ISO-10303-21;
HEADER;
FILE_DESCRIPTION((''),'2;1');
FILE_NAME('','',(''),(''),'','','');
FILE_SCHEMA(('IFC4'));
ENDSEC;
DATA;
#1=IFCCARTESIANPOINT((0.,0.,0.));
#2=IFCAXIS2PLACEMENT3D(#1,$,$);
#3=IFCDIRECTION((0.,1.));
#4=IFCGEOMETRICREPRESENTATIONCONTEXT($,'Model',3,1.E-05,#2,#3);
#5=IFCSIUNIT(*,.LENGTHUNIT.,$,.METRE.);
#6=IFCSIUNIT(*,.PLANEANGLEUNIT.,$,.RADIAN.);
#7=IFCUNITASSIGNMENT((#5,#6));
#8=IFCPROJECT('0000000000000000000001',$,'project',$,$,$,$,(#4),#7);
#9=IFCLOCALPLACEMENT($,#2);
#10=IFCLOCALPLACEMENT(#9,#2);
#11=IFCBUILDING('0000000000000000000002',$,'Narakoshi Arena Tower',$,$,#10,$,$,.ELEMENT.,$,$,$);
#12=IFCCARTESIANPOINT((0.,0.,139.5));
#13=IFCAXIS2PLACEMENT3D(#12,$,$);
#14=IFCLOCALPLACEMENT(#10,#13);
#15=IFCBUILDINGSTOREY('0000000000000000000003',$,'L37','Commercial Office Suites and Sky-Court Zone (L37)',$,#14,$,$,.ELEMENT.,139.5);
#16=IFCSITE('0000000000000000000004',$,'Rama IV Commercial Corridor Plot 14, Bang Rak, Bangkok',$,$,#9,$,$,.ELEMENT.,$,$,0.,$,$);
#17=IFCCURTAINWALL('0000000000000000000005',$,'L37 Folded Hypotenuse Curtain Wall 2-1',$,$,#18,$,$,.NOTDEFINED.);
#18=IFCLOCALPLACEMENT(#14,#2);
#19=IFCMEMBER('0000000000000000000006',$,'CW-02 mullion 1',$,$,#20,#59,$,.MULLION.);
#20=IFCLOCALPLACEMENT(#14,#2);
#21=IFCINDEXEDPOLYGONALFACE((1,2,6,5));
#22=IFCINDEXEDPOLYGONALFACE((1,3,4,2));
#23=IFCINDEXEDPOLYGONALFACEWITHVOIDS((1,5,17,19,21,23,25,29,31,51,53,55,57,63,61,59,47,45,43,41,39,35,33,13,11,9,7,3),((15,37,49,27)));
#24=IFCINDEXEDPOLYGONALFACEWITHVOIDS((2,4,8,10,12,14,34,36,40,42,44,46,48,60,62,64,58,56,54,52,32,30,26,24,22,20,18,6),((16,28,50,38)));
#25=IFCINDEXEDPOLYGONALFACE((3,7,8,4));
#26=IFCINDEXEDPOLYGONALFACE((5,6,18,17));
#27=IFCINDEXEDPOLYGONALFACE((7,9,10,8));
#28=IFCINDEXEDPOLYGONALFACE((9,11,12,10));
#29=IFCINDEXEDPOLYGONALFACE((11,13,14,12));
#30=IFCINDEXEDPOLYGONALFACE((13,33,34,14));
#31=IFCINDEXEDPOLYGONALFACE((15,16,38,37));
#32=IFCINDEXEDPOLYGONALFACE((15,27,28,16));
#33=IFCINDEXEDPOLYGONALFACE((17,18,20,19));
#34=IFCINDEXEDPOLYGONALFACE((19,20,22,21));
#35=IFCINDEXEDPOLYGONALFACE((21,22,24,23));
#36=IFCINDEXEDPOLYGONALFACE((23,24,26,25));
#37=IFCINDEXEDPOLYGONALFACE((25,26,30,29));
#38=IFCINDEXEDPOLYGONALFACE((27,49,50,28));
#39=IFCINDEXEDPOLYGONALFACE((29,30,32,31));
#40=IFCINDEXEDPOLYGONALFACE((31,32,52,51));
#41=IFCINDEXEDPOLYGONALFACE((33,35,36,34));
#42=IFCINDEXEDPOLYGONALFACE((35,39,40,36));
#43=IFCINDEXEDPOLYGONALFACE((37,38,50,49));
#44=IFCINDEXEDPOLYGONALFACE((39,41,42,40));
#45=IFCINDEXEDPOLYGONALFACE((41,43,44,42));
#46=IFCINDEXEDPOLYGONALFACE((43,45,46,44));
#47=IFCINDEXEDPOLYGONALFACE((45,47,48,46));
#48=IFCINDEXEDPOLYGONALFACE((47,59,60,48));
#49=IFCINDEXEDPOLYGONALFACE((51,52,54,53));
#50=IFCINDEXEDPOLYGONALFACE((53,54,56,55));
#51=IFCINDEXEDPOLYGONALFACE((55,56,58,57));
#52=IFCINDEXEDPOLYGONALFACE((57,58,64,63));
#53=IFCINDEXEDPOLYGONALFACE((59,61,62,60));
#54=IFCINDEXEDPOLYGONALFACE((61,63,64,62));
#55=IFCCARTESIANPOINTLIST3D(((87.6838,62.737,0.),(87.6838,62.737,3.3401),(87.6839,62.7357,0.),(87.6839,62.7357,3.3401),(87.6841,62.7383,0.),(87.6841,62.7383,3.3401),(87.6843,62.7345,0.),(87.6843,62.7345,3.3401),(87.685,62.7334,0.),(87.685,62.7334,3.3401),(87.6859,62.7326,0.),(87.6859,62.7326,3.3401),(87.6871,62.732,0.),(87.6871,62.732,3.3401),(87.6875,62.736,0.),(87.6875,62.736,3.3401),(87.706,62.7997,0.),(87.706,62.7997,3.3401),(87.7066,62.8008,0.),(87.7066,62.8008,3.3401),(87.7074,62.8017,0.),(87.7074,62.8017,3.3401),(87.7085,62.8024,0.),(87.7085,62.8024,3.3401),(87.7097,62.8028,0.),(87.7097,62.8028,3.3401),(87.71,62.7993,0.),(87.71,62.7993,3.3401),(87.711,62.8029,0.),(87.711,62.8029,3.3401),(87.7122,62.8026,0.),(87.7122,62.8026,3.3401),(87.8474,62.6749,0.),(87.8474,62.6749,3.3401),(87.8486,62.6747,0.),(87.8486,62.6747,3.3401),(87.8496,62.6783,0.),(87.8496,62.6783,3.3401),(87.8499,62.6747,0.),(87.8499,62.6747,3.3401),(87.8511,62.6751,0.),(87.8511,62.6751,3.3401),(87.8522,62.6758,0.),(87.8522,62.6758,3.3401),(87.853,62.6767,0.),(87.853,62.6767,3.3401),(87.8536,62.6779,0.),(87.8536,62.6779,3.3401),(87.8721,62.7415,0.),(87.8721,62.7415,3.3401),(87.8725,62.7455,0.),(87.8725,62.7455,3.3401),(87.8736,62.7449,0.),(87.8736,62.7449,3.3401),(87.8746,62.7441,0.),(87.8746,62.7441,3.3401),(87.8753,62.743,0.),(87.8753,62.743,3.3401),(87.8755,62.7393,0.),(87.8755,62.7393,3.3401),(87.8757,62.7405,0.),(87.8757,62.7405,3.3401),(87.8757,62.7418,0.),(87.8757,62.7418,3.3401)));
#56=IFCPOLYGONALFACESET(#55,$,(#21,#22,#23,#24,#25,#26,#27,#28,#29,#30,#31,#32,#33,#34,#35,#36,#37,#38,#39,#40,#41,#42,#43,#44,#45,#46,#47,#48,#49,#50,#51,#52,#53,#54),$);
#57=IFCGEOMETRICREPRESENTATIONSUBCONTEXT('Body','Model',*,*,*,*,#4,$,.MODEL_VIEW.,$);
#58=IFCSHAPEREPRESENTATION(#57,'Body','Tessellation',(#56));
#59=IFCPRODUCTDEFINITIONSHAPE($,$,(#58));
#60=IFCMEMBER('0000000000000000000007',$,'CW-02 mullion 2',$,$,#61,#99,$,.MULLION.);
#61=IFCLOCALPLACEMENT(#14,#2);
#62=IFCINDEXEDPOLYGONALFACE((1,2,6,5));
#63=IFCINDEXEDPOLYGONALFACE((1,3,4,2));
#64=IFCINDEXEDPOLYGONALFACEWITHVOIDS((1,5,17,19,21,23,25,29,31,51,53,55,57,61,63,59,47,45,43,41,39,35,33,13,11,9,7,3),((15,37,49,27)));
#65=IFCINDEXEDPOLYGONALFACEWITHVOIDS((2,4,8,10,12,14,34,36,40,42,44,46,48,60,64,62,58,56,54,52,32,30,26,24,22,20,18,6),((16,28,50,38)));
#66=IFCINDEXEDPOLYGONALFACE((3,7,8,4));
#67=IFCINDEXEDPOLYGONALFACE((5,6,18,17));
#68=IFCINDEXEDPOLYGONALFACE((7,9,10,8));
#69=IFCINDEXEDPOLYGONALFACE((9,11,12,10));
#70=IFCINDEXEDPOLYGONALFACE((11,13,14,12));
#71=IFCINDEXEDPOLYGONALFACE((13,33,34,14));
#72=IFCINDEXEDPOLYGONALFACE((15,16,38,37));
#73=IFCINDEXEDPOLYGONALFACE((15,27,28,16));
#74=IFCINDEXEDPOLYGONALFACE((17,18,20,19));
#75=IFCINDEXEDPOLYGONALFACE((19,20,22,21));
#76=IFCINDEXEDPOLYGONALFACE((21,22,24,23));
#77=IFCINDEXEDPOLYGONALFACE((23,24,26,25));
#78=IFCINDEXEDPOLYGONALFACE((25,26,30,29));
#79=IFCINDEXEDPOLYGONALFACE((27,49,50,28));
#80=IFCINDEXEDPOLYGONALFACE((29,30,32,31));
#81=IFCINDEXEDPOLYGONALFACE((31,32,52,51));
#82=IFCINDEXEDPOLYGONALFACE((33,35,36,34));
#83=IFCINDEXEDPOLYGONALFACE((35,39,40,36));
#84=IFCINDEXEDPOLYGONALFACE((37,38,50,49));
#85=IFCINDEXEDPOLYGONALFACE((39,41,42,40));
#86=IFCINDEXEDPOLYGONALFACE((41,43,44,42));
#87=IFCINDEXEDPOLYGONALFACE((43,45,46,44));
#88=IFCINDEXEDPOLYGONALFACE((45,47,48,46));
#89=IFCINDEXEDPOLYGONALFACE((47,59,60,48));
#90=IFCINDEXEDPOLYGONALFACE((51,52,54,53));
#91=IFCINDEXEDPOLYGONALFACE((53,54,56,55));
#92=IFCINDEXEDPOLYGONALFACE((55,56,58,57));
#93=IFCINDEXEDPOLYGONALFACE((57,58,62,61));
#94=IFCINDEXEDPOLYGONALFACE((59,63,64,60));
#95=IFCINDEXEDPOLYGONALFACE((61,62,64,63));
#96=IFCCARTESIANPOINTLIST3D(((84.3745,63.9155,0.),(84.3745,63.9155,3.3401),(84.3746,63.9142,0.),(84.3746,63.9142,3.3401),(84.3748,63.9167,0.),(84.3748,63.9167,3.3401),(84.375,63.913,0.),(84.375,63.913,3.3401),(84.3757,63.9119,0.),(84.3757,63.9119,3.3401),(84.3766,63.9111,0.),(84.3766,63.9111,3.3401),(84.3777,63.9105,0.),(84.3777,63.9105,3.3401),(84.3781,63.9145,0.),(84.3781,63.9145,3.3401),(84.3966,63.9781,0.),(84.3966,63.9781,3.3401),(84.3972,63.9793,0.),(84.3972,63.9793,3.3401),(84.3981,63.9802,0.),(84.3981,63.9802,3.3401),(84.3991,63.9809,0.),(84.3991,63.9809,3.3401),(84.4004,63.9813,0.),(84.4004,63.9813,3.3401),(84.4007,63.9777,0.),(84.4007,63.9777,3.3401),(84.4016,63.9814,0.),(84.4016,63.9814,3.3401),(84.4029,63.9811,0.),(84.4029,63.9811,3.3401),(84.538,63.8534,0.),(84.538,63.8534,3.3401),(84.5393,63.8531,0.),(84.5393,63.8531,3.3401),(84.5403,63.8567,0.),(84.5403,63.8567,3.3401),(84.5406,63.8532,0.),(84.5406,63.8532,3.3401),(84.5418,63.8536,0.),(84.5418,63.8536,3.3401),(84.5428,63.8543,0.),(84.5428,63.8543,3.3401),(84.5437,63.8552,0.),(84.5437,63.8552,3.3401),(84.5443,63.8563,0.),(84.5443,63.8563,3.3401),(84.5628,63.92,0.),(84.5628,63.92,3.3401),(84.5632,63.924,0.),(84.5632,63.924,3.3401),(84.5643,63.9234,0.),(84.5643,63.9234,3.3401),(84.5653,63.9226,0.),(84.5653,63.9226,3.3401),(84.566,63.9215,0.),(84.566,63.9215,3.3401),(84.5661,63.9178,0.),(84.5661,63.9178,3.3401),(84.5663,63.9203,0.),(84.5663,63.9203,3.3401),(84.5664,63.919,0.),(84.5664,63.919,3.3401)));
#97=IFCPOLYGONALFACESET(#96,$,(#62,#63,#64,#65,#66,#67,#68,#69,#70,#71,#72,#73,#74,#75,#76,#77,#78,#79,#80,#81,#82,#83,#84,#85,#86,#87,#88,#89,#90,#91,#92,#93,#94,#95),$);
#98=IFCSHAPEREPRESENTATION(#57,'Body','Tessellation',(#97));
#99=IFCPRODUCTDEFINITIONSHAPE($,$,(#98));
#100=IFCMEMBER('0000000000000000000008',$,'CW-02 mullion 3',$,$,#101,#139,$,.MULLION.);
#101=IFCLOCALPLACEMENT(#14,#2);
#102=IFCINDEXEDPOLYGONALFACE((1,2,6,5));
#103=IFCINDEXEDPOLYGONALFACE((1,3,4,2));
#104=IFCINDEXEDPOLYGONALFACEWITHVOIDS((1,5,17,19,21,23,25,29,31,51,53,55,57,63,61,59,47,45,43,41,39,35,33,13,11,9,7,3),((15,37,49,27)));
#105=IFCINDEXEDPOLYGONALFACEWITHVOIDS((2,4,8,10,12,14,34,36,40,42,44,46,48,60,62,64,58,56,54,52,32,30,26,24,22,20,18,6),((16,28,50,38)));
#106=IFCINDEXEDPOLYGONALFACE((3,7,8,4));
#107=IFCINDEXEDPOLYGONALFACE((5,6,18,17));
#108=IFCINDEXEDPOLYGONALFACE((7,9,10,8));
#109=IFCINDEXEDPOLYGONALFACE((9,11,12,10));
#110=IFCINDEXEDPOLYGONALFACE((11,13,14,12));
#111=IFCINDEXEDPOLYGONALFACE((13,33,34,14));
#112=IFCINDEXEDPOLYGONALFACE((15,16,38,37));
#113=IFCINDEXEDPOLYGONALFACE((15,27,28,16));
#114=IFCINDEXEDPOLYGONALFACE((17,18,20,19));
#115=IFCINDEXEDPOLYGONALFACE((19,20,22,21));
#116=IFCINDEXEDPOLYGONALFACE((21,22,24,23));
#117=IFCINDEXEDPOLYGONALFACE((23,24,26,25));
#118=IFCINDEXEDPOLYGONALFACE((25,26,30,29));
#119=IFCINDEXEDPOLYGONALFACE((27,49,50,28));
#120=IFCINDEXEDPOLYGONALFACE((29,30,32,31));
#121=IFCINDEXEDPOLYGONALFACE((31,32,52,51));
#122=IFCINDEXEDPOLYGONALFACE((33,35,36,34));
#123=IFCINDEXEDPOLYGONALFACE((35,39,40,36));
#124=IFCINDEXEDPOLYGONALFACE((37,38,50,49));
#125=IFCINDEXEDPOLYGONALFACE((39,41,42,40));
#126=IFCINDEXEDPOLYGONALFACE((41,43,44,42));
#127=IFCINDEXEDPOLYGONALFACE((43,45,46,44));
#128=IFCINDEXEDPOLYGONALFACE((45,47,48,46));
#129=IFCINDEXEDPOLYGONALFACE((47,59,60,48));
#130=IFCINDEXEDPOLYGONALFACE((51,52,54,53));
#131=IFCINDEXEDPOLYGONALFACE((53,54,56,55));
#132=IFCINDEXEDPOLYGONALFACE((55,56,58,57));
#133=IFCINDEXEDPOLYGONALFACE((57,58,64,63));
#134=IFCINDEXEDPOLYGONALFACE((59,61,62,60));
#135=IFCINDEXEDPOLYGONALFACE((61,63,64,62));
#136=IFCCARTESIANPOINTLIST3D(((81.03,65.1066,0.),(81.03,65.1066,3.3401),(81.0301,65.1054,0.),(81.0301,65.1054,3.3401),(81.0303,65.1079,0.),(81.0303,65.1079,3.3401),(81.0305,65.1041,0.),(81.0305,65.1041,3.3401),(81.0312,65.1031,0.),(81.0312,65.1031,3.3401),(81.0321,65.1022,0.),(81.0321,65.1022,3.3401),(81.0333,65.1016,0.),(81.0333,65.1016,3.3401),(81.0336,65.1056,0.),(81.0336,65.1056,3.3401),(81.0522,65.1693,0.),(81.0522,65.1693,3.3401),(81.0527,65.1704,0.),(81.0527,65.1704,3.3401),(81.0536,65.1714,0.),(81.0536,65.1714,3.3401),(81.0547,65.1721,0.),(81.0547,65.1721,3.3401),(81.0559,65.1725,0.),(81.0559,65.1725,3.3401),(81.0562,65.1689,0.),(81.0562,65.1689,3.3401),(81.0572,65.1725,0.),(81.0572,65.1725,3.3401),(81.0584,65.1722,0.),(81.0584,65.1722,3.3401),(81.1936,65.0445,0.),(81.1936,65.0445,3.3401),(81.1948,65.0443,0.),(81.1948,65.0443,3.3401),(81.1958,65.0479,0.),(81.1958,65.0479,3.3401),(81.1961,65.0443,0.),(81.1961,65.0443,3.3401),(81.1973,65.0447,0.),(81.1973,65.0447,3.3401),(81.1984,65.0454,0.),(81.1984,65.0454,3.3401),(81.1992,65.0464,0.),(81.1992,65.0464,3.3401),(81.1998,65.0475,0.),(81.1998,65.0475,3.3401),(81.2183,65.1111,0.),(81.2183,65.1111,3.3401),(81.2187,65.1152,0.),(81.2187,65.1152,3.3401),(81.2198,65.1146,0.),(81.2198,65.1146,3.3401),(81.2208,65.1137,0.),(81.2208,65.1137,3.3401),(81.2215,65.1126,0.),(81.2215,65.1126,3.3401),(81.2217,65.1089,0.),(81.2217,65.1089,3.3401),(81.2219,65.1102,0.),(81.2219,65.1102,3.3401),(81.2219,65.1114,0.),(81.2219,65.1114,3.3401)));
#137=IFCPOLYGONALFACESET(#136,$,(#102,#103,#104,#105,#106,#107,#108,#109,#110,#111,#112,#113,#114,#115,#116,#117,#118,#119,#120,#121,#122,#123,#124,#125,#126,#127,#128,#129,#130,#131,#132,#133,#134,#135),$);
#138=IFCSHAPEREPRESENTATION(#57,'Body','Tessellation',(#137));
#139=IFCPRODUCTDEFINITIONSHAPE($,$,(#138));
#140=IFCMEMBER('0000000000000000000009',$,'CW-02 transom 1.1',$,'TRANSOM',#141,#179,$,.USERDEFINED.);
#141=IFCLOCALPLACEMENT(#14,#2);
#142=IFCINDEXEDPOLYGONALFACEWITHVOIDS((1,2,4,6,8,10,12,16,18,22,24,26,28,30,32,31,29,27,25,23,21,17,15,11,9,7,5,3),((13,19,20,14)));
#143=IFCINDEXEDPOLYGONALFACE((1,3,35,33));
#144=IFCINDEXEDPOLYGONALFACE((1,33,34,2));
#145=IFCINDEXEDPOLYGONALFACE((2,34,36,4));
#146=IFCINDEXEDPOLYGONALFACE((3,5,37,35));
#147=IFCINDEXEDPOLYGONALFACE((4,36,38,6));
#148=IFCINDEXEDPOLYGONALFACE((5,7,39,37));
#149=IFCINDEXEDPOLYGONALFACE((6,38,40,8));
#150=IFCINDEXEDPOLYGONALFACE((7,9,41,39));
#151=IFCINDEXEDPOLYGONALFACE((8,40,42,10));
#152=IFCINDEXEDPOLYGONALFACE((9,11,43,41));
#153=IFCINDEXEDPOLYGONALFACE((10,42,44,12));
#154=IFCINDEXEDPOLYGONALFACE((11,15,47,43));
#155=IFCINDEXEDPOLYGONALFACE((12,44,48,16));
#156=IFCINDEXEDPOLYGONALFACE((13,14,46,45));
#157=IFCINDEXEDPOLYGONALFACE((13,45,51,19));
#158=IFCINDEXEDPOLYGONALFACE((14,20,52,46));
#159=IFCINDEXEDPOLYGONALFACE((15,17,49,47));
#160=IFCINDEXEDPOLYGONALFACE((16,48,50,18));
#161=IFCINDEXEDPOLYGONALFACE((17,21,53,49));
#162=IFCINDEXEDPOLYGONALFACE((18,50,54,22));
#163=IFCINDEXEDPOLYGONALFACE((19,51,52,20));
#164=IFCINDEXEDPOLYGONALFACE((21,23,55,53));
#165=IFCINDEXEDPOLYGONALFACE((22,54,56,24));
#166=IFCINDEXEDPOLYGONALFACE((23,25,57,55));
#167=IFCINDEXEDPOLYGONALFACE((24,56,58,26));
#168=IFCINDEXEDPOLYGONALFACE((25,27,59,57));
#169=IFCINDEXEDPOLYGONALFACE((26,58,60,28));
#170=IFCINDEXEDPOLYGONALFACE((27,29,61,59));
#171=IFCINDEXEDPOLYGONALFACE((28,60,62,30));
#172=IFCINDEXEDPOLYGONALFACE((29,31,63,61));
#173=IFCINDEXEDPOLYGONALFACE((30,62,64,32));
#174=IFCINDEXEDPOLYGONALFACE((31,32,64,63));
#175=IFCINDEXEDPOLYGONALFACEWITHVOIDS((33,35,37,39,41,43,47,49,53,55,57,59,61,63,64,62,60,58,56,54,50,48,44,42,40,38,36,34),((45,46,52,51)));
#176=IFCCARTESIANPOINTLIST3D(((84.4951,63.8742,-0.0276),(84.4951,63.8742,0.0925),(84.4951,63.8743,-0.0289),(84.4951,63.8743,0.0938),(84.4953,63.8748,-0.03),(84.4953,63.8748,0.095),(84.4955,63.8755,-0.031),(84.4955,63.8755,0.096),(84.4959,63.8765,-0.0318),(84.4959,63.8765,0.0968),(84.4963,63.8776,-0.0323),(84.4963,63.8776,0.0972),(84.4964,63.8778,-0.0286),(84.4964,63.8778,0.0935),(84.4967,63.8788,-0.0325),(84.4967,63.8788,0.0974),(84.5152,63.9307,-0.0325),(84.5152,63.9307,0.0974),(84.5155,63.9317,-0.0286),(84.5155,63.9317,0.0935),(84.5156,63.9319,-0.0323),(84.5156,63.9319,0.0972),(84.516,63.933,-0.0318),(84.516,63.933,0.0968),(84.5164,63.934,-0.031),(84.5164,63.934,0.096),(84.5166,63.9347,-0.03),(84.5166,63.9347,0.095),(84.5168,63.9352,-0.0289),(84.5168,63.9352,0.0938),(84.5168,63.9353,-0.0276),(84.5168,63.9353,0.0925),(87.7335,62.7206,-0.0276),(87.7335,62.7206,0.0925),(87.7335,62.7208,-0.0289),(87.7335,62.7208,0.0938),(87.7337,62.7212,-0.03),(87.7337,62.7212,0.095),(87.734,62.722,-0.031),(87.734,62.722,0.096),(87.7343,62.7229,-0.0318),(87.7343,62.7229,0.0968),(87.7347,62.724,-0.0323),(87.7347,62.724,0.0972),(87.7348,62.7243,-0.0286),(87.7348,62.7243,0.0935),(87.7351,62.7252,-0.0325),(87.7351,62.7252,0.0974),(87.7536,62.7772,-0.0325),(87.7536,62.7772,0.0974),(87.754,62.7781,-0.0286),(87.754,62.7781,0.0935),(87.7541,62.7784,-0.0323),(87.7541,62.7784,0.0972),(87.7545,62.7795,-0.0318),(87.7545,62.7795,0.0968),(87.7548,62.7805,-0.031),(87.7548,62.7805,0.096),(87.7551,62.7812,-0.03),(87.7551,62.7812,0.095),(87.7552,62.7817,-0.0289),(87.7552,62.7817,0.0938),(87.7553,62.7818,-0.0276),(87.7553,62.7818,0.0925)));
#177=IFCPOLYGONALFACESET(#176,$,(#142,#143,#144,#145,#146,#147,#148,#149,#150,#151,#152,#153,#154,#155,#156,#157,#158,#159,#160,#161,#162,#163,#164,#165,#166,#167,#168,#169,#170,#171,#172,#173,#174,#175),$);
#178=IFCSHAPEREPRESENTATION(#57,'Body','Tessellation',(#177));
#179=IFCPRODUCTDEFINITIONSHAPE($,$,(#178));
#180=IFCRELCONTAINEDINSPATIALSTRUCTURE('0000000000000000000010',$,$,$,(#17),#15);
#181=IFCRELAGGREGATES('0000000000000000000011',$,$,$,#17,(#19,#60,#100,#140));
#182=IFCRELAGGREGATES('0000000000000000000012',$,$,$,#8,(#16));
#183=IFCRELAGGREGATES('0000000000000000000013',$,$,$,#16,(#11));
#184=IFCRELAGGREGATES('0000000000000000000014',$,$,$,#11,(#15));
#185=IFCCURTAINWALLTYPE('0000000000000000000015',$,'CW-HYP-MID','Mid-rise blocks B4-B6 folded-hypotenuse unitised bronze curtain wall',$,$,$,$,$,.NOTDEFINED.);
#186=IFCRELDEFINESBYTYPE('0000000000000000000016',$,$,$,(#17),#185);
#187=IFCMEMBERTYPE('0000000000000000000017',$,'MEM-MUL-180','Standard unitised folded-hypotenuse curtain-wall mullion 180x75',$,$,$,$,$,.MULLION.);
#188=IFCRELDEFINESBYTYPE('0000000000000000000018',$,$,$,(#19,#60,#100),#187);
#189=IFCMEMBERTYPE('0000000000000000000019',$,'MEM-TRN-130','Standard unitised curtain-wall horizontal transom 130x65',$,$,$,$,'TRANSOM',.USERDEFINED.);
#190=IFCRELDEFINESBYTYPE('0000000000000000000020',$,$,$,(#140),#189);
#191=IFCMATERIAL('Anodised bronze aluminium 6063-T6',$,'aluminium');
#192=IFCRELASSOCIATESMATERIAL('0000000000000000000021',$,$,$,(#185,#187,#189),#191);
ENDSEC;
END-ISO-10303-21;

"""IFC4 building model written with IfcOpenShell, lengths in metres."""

from ifc_helpers import new_model, si_unit, direction, frame, origin, origin_2d, place, context, subcontext, project, spatial, hollow_rectangle, extrude, material, material_profile, profile_set, type_object, element, aggregate, save


model = new_model("IFC4")

# Units and contexts
model_context = context("Model", 3, precision=1e-05, world=origin(), true_north=direction((0.0, 1.0)))
body_context = subcontext(model_context, "Body", "Model", "MODEL_VIEW")
ifc_project = project(units=[si_unit("LENGTHUNIT", "METRE"), si_unit("PLANEANGLEUNIT", "RADIAN")], contexts=[model_context])

# Site, building, storey
site_placement = place(None, origin())
site = spatial("IfcSite", under=ifc_project, at=site_placement, Name="Rama IV Commercial Corridor Plot 14, Bang Rak, Bangkok", CompositionType="ELEMENT", RefElevation=0.0)
building_placement = place(site_placement, origin())
building = spatial("IfcBuilding", under=site, at=building_placement, Name="Narakoshi Arena Tower", CompositionType="ELEMENT")
storey_placement = place(building_placement, frame((0.0, 0.0, 139.5)))
storey = spatial("IfcBuildingStorey", under=building, at=storey_placement, Name="L37", Description="Commercial Office Suites and Sky-Court Zone (L37)", CompositionType="ELEMENT", Elevation=139.5)

# Shared definitions
ifc_material_1 = material(Name="Anodised bronze aluminium 6063-T6", Category="aluminium")
curtain_wall_type = type_object("IfcCurtainWallType", Name="CW-HYP-MID", Description="Mid-rise blocks B4-B6 folded-hypotenuse unitised bronze curtain wall", PredefinedType="NOTDEFINED", material=ifc_material_1)
ifc_material_profile_1 = material_profile(ifc_material_1, hollow_rectangle(XDim=0.075, YDim=0.1799, WallThickness=0.0039, OuterFilletRadius=0.0049, at=origin_2d()), Name="MUL180x75x4")
ifc_profile_set_1 = profile_set([ifc_material_profile_1], Name="Anodised bronze aluminium 6063-T6")
member_type_1 = type_object("IfcMemberType", Name="MEM-MUL-180", Description="Standard unitised folded-hypotenuse curtain-wall mullion 180x75", PredefinedType="MULLION", material=ifc_profile_set_1)

# Curtain wall, members
curtain_wall_1_placement = place(storey_placement, origin())
curtain_wall_1 = element("IfcCurtainWall", 1, at=curtain_wall_1_placement, inside=storey, type_object=curtain_wall_type, Name="L37 Folded Hypotenuse Curtain Wall 2-1", PredefinedType="NOTDEFINED")
member_1_placement = place(storey_placement, frame((87.7798, 62.7388, 0.0), z_axis=(0.0, 0.0, 1.0), x_axis=(-0.335518, -0.942034, 0.0)))
member_1 = element("IfcMember", 2, at=member_1_placement, type_object=member_type_1, Name="CW-02 mullion 1", PredefinedType="MULLION", context=body_context, shape_type="SweptSolid", body=[
    extrude(hollow_rectangle(XDim=0.075, YDim=0.1799, WallThickness=0.0039, OuterFilletRadius=0.0049, at=origin_2d()), origin(), (0.0, 0.0, 1.0), 3.3401),
])
member_2_placement = place(storey_placement, frame((84.4705, 63.9172, 0.0), z_axis=(0.0, 0.0, 1.0), x_axis=(-0.335518, -0.942034, 0.0)))
member_2 = element("IfcMember", 3, at=member_2_placement, type_object=member_type_1, Name="CW-02 mullion 2", PredefinedType="MULLION", context=body_context, shape_type="SweptSolid", body=[
    extrude(hollow_rectangle(XDim=0.075, YDim=0.1799, WallThickness=0.0039, OuterFilletRadius=0.0049, at=origin_2d()), origin(), (0.0, 0.0, 1.0), 3.3401),
])
member_3_placement = place(storey_placement, frame((81.126, 65.1084, 0.0), z_axis=(0.0, 0.0, 1.0), x_axis=(-0.335518, -0.942034, 0.0)))
member_3 = element("IfcMember", 4, at=member_3_placement, type_object=member_type_1, Name="CW-02 mullion 3", PredefinedType="MULLION", context=body_context, shape_type="SweptSolid", body=[
    extrude(hollow_rectangle(XDim=0.075, YDim=0.1799, WallThickness=0.0039, OuterFilletRadius=0.0049, at=origin_2d()), origin(), (0.0, 0.0, 1.0), 3.3401),
])
ifc_material_profile_2 = material_profile(ifc_material_1, hollow_rectangle(XDim=0.0649, YDim=0.1299, WallThickness=0.0039, OuterFilletRadius=0.0049, at=origin_2d()), Name="TRN130x65x4")
ifc_profile_set_2 = profile_set([ifc_material_profile_2], Name="Anodised bronze aluminium 6063-T6")
member_type_2 = type_object("IfcMemberType", Name="MEM-TRN-130", Description="Standard unitised curtain-wall horizontal transom 130x65", ElementType="TRANSOM", PredefinedType="USERDEFINED", material=ifc_profile_set_2)
member_4_placement = place(storey_placement, frame((87.7444, 62.7512, 0.0325), z_axis=(-0.942023, 0.335549, 0.0), x_axis=(-0.335549, -0.942023, 0.0)))
member_4 = element("IfcMember", 5, at=member_4_placement, type_object=member_type_2, Name="CW-02 transom 1.1", ObjectType="TRANSOM", PredefinedType="USERDEFINED", context=body_context, shape_type="SweptSolid", body=[
    extrude(hollow_rectangle(XDim=0.0649, YDim=0.1299, WallThickness=0.0039, OuterFilletRadius=0.0049, at=origin_2d()), origin(), (0.0, 0.0, 1.0), 3.4377),
])
aggregate(curtain_wall_1, [member_1, member_2, member_3, member_4])

save(model, "model.ifc")
